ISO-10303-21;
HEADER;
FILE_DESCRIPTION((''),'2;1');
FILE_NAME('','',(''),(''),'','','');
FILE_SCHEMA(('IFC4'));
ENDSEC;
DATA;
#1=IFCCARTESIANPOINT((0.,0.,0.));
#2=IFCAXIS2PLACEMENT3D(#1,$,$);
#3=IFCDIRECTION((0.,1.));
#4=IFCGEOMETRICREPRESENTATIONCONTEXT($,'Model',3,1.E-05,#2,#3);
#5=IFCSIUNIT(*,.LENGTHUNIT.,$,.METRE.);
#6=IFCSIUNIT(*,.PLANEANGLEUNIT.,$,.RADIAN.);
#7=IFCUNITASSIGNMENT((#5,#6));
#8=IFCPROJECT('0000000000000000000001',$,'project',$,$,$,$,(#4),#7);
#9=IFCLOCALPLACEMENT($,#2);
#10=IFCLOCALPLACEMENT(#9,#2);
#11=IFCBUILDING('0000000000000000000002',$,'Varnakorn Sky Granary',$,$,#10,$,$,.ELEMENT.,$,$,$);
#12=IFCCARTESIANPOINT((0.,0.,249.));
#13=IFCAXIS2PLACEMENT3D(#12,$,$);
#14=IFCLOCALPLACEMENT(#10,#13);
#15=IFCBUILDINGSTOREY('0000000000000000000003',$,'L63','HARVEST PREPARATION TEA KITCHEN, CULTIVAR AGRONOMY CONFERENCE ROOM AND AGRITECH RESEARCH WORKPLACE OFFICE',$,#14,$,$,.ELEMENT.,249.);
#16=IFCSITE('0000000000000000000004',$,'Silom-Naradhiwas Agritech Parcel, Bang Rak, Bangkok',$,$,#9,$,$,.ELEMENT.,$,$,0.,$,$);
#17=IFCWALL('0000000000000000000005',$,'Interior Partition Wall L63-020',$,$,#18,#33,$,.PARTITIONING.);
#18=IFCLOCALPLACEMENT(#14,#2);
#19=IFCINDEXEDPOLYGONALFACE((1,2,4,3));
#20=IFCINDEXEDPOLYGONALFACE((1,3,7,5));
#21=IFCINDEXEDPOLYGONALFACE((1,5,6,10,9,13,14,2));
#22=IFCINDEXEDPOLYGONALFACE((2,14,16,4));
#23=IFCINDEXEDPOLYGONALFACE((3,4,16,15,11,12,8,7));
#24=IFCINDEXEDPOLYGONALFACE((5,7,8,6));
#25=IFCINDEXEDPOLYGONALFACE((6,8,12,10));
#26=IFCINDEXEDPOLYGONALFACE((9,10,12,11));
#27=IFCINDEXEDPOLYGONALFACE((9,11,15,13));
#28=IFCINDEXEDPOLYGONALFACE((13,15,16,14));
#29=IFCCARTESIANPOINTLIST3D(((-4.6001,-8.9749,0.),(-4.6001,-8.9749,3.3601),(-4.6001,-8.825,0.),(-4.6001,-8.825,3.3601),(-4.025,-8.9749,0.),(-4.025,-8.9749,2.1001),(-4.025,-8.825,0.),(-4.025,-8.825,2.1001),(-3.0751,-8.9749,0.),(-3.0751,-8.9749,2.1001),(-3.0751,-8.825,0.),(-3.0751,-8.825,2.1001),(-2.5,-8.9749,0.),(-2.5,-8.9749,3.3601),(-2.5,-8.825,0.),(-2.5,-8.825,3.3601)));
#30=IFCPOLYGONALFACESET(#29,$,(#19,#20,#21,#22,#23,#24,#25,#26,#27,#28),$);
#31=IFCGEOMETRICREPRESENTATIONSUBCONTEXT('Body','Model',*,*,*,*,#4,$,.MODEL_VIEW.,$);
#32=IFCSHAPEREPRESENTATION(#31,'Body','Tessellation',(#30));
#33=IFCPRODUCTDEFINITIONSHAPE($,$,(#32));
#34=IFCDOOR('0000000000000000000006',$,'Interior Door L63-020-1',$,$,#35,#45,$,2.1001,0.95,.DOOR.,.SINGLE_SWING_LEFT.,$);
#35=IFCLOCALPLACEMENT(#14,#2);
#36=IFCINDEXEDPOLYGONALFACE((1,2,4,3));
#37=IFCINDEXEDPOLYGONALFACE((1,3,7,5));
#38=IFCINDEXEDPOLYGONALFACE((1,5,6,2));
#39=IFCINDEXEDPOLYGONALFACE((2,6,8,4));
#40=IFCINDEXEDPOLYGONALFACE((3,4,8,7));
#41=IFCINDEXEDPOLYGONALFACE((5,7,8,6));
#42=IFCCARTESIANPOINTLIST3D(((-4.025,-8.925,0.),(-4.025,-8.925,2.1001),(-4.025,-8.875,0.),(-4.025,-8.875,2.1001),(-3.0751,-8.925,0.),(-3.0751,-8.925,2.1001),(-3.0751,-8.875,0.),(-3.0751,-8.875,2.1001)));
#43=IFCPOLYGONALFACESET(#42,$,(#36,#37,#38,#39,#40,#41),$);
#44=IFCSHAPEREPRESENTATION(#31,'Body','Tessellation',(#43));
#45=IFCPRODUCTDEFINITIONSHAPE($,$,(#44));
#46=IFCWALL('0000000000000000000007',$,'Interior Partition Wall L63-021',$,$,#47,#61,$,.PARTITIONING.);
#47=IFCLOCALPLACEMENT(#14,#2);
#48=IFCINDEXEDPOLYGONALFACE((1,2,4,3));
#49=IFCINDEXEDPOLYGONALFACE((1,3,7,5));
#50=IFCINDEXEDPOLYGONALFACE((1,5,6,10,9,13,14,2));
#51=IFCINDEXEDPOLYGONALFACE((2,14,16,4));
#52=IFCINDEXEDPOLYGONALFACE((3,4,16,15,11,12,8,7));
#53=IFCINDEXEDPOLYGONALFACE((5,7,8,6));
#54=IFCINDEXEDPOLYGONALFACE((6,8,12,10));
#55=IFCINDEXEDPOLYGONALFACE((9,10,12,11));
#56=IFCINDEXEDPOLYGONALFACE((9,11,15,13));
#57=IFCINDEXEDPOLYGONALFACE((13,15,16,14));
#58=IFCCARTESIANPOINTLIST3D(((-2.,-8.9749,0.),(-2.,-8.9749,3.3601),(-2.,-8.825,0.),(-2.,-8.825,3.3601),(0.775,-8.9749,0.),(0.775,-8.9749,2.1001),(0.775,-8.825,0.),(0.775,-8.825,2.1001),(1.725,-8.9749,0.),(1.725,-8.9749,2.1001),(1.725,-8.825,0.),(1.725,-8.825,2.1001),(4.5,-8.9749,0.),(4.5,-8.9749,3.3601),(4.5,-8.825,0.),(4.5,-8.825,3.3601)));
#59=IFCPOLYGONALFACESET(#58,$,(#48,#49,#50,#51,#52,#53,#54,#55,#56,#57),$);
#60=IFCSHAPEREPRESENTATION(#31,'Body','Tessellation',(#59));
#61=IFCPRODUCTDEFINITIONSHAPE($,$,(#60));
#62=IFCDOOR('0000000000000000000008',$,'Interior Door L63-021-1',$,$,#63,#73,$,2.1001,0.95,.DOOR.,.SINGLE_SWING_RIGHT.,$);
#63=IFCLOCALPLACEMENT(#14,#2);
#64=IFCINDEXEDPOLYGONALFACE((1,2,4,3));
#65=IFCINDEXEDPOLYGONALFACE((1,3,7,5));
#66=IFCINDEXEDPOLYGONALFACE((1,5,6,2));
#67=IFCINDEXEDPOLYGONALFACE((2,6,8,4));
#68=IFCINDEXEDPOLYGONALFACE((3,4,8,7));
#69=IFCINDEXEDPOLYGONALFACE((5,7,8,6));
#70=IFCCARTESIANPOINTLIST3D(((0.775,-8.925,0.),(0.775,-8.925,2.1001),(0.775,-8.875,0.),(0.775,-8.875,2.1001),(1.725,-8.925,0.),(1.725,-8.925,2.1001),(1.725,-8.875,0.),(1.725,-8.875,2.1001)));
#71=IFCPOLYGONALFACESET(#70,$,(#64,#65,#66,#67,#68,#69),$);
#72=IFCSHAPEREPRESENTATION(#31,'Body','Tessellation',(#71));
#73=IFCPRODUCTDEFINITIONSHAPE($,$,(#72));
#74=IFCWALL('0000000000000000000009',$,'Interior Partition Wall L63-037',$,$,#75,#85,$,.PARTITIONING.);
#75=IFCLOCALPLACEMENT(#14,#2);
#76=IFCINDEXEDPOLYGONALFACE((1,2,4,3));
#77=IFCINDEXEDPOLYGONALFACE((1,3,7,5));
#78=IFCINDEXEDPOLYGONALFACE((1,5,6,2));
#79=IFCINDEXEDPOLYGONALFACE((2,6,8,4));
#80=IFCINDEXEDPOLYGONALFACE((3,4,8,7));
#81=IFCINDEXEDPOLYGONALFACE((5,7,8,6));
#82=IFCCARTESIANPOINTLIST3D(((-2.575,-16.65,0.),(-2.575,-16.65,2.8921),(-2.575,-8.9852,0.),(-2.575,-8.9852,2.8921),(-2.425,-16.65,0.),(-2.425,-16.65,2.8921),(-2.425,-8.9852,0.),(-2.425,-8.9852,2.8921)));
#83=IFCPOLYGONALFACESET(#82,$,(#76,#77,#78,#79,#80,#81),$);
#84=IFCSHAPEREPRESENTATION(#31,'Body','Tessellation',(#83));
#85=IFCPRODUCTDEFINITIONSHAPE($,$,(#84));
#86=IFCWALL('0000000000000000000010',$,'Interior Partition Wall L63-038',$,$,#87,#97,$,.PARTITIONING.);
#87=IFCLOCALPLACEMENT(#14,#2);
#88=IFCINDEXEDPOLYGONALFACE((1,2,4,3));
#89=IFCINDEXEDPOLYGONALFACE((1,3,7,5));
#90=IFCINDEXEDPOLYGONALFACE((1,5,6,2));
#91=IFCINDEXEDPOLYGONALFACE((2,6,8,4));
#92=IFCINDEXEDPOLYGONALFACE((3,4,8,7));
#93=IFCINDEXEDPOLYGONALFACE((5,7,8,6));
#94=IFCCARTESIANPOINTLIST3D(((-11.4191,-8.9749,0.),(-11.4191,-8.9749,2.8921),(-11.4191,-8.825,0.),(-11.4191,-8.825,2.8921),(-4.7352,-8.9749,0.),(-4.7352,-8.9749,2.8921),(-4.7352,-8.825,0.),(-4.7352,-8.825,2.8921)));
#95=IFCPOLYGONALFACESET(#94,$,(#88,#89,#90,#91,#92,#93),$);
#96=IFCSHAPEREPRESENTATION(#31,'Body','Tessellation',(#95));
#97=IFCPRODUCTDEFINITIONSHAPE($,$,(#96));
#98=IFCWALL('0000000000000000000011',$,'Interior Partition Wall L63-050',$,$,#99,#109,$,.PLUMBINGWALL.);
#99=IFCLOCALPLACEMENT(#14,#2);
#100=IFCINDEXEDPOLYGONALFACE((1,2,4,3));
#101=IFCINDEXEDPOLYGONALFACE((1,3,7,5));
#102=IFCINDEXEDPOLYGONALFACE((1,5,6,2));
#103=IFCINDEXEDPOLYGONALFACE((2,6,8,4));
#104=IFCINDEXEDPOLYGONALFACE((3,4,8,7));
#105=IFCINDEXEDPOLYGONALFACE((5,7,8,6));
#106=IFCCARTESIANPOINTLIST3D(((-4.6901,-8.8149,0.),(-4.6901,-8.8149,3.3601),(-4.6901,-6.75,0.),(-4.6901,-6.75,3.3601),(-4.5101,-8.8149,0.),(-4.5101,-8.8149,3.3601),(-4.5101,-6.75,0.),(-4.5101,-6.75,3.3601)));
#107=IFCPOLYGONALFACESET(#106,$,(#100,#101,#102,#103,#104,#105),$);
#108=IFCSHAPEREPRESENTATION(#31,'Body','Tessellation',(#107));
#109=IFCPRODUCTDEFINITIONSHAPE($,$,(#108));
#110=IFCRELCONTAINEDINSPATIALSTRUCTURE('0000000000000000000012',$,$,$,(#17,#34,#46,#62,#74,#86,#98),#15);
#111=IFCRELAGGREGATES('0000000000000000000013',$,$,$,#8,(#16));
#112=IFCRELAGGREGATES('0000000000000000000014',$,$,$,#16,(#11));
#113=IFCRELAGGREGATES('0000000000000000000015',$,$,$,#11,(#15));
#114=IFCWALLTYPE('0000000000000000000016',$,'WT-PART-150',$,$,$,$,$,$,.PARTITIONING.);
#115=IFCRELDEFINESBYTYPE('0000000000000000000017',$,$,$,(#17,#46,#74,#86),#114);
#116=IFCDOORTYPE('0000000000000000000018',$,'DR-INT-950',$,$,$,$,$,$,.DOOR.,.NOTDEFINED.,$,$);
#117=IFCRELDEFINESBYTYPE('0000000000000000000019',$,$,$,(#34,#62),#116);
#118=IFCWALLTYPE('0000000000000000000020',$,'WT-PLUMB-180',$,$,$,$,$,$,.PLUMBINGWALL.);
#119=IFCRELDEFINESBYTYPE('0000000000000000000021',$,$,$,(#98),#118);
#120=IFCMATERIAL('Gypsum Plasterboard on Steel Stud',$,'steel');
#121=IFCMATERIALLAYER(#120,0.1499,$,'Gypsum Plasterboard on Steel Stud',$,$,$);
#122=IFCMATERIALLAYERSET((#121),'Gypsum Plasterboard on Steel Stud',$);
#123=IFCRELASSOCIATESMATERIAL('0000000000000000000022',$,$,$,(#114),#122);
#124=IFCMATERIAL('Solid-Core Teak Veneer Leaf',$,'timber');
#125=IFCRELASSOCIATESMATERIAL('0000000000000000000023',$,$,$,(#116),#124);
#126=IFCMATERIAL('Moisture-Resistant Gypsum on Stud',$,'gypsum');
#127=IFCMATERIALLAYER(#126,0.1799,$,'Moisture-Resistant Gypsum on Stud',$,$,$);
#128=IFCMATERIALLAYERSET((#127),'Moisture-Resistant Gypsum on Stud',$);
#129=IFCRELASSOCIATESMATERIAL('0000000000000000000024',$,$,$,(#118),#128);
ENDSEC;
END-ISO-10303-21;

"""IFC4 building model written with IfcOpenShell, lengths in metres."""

from ifc_helpers import new_model, si_unit, direction, frame, frame_2d, origin, place, context, subcontext, project, spatial, rectangle, extrude, material, layer, layer_set, type_object, element, fill, save


model = new_model("IFC4")

# Units and contexts
model_context = context("Model", 3, precision=1e-05, world=origin(), true_north=direction((0.0, 1.0)))
body_context = subcontext(model_context, "Body", "Model", "MODEL_VIEW")
ifc_project = project(units=[si_unit("LENGTHUNIT", "METRE"), si_unit("PLANEANGLEUNIT", "RADIAN")], contexts=[model_context])

# Site, building, storey
site_placement = place(None, origin())
site = spatial("IfcSite", under=ifc_project, at=site_placement, Name="Silom-Naradhiwas Agritech Parcel, Bang Rak, Bangkok", CompositionType="ELEMENT", RefElevation=0.0)
building_placement = place(site_placement, origin())
building = spatial("IfcBuilding", under=site, at=building_placement, Name="Varnakorn Sky Granary", CompositionType="ELEMENT")
storey_placement = place(building_placement, frame((0.0, 0.0, 249.0)))
storey = spatial("IfcBuildingStorey", under=building, at=storey_placement, Name="L63", Description="HARVEST PREPARATION TEA KITCHEN, CULTIVAR AGRONOMY CONFERENCE ROOM AND AGRITECH RESEARCH WORKPLACE OFFICE", CompositionType="ELEMENT", Elevation=249.0)

# Walls, openings, doors
ifc_material_1 = material(Name="Gypsum Plasterboard on Steel Stud", Category="steel")
ifc_layer_1 = layer(ifc_material_1, 0.1499, Name="Gypsum Plasterboard on Steel Stud")
ifc_layer_set_1 = layer_set([ifc_layer_1], Name="Gypsum Plasterboard on Steel Stud")
wall_type_1 = type_object("IfcWallType", Name="WT-PART-150", PredefinedType="PARTITIONING", material=ifc_layer_set_1)
wall_1_placement = place(storey_placement, frame((-4.6001, -8.8999, 0.0), z_axis=(0.0, 0.0, 1.0), x_axis=(1.0, 0.0, 0.0)))
wall_1 = element("IfcWall", 1, at=wall_1_placement, inside=storey, type_object=wall_type_1, Name="Interior Partition Wall L63-020", PredefinedType="PARTITIONING", context=body_context, shape_type="SweptSolid", body=[
    extrude(rectangle(XDim=2.1001, YDim=0.1499, at=frame_2d((1.05, 0.0))), origin(), (0.0, 0.0, 1.0), 3.3601),
])
opening_1_placement = place(wall_1_placement, frame((0.575, 0.0, 0.0)))
opening_1 = element("IfcOpeningElement", 2, at=opening_1_placement, cuts=wall_1, PredefinedType="OPENING", context=body_context, shape_type="SweptSolid", body=[
    extrude(rectangle(XDim=0.95, YDim=2.1001, at=frame_2d((0.4751, 1.05))), frame((0.0, 0.085, 0.0), z_axis=(0.0, -1.0, 0.0), x_axis=(1.0, 0.0, 0.0)), (0.0, 0.0, 1.0), 0.1699),
])
ifc_material_2 = material(Name="Solid-Core Teak Veneer Leaf", Category="timber")
door_type = type_object("IfcDoorType", Name="DR-INT-950", OperationType="NOTDEFINED", PredefinedType="DOOR", material=ifc_material_2)
door_1_placement = place(opening_1_placement, origin())
door_1 = element("IfcDoor", 3, at=door_1_placement, inside=storey, type_object=door_type, Name="Interior Door L63-020-1", OperationType="SINGLE_SWING_LEFT", OverallHeight=2.1001, OverallWidth=0.95, PredefinedType="DOOR", context=body_context, shape_type="SweptSolid", body=[
    extrude(rectangle(XDim=0.95, YDim=2.1001, at=frame_2d((0.4751, 1.05))), frame((0.0, 0.0249, 0.0), z_axis=(0.0, -1.0, 0.0), x_axis=(1.0, 0.0, 0.0)), (0.0, 0.0, 1.0), 0.05),
])
fill(opening_1, door_1)
wall_2_placement = place(storey_placement, frame((-2.0, -8.8999, 0.0), z_axis=(0.0, 0.0, 1.0), x_axis=(1.0, 0.0, 0.0)))
wall_2 = element("IfcWall", 4, at=wall_2_placement, inside=storey, type_object=wall_type_1, Name="Interior Partition Wall L63-021", PredefinedType="PARTITIONING", context=body_context, shape_type="SweptSolid", body=[
    extrude(rectangle(XDim=6.5, YDim=0.1499, at=frame_2d((3.25, 0.0))), origin(), (0.0, 0.0, 1.0), 3.3601),
])
opening_2_placement = place(wall_2_placement, frame((2.7749, 0.0, 0.0)))
opening_2 = element("IfcOpeningElement", 5, at=opening_2_placement, cuts=wall_2, PredefinedType="OPENING", context=body_context, shape_type="SweptSolid", body=[
    extrude(rectangle(XDim=0.95, YDim=2.1001, at=frame_2d((0.4751, 1.05))), frame((0.0, 0.085, 0.0), z_axis=(0.0, -1.0, 0.0), x_axis=(1.0, 0.0, 0.0)), (0.0, 0.0, 1.0), 0.1699),
])
door_2_placement = place(opening_2_placement, origin())
door_2 = element("IfcDoor", 6, at=door_2_placement, inside=storey, type_object=door_type, Name="Interior Door L63-021-1", OperationType="SINGLE_SWING_RIGHT", OverallHeight=2.1001, OverallWidth=0.95, PredefinedType="DOOR", context=body_context, shape_type="SweptSolid", body=[
    extrude(rectangle(XDim=0.95, YDim=2.1001, at=frame_2d((0.4751, 1.05))), frame((0.0, 0.0249, 0.0), z_axis=(0.0, -1.0, 0.0), x_axis=(1.0, 0.0, 0.0)), (0.0, 0.0, 1.0), 0.05),
])
fill(opening_2, door_2)

# Walls
wall_3_placement = place(storey_placement, frame((-2.5, -8.9851, 0.0), z_axis=(0.0, 0.0, 1.0), x_axis=(0.0, -1.0, 0.0)))
element("IfcWall", 7, at=wall_3_placement, inside=storey, type_object=wall_type_1, Name="Interior Partition Wall L63-037", PredefinedType="PARTITIONING", context=body_context, shape_type="SweptSolid", body=[
    extrude(rectangle(XDim=7.6648, YDim=0.1499, at=frame_2d((3.8325, 0.0))), origin(), (0.0, 0.0, 1.0), 2.8921),
])
wall_4_placement = place(storey_placement, frame((-11.4189, -8.8999, 0.0), z_axis=(0.0, 0.0, 1.0), x_axis=(1.0, 0.0, 0.0)))
element("IfcWall", 8, at=wall_4_placement, inside=storey, type_object=wall_type_1, Name="Interior Partition Wall L63-038", PredefinedType="PARTITIONING", context=body_context, shape_type="SweptSolid", body=[
    extrude(rectangle(XDim=6.6838, YDim=0.1499, at=frame_2d((3.3418, 0.0))), origin(), (0.0, 0.0, 1.0), 2.8921),
])
ifc_material_3 = material(Name="Moisture-Resistant Gypsum on Stud", Category="gypsum")
ifc_layer_2 = layer(ifc_material_3, 0.1799, Name="Moisture-Resistant Gypsum on Stud")
ifc_layer_set_2 = layer_set([ifc_layer_2], Name="Moisture-Resistant Gypsum on Stud")
wall_type_2 = type_object("IfcWallType", Name="WT-PLUMB-180", PredefinedType="PLUMBINGWALL", material=ifc_layer_set_2)
wall_5_placement = place(storey_placement, frame((-4.6001, -6.75, 0.0), z_axis=(0.0, 0.0, 1.0), x_axis=(0.0, -1.0, 0.0)))
element("IfcWall", 9, at=wall_5_placement, inside=storey, type_object=wall_type_2, Name="Interior Partition Wall L63-050", PredefinedType="PLUMBINGWALL", context=body_context, shape_type="SweptSolid", body=[
    extrude(rectangle(XDim=2.0649, YDim=0.1799, at=frame_2d((1.0325, 0.0))), origin(), (0.0, 0.0, 1.0), 3.3601),
])

save(model, "model.ifc")
